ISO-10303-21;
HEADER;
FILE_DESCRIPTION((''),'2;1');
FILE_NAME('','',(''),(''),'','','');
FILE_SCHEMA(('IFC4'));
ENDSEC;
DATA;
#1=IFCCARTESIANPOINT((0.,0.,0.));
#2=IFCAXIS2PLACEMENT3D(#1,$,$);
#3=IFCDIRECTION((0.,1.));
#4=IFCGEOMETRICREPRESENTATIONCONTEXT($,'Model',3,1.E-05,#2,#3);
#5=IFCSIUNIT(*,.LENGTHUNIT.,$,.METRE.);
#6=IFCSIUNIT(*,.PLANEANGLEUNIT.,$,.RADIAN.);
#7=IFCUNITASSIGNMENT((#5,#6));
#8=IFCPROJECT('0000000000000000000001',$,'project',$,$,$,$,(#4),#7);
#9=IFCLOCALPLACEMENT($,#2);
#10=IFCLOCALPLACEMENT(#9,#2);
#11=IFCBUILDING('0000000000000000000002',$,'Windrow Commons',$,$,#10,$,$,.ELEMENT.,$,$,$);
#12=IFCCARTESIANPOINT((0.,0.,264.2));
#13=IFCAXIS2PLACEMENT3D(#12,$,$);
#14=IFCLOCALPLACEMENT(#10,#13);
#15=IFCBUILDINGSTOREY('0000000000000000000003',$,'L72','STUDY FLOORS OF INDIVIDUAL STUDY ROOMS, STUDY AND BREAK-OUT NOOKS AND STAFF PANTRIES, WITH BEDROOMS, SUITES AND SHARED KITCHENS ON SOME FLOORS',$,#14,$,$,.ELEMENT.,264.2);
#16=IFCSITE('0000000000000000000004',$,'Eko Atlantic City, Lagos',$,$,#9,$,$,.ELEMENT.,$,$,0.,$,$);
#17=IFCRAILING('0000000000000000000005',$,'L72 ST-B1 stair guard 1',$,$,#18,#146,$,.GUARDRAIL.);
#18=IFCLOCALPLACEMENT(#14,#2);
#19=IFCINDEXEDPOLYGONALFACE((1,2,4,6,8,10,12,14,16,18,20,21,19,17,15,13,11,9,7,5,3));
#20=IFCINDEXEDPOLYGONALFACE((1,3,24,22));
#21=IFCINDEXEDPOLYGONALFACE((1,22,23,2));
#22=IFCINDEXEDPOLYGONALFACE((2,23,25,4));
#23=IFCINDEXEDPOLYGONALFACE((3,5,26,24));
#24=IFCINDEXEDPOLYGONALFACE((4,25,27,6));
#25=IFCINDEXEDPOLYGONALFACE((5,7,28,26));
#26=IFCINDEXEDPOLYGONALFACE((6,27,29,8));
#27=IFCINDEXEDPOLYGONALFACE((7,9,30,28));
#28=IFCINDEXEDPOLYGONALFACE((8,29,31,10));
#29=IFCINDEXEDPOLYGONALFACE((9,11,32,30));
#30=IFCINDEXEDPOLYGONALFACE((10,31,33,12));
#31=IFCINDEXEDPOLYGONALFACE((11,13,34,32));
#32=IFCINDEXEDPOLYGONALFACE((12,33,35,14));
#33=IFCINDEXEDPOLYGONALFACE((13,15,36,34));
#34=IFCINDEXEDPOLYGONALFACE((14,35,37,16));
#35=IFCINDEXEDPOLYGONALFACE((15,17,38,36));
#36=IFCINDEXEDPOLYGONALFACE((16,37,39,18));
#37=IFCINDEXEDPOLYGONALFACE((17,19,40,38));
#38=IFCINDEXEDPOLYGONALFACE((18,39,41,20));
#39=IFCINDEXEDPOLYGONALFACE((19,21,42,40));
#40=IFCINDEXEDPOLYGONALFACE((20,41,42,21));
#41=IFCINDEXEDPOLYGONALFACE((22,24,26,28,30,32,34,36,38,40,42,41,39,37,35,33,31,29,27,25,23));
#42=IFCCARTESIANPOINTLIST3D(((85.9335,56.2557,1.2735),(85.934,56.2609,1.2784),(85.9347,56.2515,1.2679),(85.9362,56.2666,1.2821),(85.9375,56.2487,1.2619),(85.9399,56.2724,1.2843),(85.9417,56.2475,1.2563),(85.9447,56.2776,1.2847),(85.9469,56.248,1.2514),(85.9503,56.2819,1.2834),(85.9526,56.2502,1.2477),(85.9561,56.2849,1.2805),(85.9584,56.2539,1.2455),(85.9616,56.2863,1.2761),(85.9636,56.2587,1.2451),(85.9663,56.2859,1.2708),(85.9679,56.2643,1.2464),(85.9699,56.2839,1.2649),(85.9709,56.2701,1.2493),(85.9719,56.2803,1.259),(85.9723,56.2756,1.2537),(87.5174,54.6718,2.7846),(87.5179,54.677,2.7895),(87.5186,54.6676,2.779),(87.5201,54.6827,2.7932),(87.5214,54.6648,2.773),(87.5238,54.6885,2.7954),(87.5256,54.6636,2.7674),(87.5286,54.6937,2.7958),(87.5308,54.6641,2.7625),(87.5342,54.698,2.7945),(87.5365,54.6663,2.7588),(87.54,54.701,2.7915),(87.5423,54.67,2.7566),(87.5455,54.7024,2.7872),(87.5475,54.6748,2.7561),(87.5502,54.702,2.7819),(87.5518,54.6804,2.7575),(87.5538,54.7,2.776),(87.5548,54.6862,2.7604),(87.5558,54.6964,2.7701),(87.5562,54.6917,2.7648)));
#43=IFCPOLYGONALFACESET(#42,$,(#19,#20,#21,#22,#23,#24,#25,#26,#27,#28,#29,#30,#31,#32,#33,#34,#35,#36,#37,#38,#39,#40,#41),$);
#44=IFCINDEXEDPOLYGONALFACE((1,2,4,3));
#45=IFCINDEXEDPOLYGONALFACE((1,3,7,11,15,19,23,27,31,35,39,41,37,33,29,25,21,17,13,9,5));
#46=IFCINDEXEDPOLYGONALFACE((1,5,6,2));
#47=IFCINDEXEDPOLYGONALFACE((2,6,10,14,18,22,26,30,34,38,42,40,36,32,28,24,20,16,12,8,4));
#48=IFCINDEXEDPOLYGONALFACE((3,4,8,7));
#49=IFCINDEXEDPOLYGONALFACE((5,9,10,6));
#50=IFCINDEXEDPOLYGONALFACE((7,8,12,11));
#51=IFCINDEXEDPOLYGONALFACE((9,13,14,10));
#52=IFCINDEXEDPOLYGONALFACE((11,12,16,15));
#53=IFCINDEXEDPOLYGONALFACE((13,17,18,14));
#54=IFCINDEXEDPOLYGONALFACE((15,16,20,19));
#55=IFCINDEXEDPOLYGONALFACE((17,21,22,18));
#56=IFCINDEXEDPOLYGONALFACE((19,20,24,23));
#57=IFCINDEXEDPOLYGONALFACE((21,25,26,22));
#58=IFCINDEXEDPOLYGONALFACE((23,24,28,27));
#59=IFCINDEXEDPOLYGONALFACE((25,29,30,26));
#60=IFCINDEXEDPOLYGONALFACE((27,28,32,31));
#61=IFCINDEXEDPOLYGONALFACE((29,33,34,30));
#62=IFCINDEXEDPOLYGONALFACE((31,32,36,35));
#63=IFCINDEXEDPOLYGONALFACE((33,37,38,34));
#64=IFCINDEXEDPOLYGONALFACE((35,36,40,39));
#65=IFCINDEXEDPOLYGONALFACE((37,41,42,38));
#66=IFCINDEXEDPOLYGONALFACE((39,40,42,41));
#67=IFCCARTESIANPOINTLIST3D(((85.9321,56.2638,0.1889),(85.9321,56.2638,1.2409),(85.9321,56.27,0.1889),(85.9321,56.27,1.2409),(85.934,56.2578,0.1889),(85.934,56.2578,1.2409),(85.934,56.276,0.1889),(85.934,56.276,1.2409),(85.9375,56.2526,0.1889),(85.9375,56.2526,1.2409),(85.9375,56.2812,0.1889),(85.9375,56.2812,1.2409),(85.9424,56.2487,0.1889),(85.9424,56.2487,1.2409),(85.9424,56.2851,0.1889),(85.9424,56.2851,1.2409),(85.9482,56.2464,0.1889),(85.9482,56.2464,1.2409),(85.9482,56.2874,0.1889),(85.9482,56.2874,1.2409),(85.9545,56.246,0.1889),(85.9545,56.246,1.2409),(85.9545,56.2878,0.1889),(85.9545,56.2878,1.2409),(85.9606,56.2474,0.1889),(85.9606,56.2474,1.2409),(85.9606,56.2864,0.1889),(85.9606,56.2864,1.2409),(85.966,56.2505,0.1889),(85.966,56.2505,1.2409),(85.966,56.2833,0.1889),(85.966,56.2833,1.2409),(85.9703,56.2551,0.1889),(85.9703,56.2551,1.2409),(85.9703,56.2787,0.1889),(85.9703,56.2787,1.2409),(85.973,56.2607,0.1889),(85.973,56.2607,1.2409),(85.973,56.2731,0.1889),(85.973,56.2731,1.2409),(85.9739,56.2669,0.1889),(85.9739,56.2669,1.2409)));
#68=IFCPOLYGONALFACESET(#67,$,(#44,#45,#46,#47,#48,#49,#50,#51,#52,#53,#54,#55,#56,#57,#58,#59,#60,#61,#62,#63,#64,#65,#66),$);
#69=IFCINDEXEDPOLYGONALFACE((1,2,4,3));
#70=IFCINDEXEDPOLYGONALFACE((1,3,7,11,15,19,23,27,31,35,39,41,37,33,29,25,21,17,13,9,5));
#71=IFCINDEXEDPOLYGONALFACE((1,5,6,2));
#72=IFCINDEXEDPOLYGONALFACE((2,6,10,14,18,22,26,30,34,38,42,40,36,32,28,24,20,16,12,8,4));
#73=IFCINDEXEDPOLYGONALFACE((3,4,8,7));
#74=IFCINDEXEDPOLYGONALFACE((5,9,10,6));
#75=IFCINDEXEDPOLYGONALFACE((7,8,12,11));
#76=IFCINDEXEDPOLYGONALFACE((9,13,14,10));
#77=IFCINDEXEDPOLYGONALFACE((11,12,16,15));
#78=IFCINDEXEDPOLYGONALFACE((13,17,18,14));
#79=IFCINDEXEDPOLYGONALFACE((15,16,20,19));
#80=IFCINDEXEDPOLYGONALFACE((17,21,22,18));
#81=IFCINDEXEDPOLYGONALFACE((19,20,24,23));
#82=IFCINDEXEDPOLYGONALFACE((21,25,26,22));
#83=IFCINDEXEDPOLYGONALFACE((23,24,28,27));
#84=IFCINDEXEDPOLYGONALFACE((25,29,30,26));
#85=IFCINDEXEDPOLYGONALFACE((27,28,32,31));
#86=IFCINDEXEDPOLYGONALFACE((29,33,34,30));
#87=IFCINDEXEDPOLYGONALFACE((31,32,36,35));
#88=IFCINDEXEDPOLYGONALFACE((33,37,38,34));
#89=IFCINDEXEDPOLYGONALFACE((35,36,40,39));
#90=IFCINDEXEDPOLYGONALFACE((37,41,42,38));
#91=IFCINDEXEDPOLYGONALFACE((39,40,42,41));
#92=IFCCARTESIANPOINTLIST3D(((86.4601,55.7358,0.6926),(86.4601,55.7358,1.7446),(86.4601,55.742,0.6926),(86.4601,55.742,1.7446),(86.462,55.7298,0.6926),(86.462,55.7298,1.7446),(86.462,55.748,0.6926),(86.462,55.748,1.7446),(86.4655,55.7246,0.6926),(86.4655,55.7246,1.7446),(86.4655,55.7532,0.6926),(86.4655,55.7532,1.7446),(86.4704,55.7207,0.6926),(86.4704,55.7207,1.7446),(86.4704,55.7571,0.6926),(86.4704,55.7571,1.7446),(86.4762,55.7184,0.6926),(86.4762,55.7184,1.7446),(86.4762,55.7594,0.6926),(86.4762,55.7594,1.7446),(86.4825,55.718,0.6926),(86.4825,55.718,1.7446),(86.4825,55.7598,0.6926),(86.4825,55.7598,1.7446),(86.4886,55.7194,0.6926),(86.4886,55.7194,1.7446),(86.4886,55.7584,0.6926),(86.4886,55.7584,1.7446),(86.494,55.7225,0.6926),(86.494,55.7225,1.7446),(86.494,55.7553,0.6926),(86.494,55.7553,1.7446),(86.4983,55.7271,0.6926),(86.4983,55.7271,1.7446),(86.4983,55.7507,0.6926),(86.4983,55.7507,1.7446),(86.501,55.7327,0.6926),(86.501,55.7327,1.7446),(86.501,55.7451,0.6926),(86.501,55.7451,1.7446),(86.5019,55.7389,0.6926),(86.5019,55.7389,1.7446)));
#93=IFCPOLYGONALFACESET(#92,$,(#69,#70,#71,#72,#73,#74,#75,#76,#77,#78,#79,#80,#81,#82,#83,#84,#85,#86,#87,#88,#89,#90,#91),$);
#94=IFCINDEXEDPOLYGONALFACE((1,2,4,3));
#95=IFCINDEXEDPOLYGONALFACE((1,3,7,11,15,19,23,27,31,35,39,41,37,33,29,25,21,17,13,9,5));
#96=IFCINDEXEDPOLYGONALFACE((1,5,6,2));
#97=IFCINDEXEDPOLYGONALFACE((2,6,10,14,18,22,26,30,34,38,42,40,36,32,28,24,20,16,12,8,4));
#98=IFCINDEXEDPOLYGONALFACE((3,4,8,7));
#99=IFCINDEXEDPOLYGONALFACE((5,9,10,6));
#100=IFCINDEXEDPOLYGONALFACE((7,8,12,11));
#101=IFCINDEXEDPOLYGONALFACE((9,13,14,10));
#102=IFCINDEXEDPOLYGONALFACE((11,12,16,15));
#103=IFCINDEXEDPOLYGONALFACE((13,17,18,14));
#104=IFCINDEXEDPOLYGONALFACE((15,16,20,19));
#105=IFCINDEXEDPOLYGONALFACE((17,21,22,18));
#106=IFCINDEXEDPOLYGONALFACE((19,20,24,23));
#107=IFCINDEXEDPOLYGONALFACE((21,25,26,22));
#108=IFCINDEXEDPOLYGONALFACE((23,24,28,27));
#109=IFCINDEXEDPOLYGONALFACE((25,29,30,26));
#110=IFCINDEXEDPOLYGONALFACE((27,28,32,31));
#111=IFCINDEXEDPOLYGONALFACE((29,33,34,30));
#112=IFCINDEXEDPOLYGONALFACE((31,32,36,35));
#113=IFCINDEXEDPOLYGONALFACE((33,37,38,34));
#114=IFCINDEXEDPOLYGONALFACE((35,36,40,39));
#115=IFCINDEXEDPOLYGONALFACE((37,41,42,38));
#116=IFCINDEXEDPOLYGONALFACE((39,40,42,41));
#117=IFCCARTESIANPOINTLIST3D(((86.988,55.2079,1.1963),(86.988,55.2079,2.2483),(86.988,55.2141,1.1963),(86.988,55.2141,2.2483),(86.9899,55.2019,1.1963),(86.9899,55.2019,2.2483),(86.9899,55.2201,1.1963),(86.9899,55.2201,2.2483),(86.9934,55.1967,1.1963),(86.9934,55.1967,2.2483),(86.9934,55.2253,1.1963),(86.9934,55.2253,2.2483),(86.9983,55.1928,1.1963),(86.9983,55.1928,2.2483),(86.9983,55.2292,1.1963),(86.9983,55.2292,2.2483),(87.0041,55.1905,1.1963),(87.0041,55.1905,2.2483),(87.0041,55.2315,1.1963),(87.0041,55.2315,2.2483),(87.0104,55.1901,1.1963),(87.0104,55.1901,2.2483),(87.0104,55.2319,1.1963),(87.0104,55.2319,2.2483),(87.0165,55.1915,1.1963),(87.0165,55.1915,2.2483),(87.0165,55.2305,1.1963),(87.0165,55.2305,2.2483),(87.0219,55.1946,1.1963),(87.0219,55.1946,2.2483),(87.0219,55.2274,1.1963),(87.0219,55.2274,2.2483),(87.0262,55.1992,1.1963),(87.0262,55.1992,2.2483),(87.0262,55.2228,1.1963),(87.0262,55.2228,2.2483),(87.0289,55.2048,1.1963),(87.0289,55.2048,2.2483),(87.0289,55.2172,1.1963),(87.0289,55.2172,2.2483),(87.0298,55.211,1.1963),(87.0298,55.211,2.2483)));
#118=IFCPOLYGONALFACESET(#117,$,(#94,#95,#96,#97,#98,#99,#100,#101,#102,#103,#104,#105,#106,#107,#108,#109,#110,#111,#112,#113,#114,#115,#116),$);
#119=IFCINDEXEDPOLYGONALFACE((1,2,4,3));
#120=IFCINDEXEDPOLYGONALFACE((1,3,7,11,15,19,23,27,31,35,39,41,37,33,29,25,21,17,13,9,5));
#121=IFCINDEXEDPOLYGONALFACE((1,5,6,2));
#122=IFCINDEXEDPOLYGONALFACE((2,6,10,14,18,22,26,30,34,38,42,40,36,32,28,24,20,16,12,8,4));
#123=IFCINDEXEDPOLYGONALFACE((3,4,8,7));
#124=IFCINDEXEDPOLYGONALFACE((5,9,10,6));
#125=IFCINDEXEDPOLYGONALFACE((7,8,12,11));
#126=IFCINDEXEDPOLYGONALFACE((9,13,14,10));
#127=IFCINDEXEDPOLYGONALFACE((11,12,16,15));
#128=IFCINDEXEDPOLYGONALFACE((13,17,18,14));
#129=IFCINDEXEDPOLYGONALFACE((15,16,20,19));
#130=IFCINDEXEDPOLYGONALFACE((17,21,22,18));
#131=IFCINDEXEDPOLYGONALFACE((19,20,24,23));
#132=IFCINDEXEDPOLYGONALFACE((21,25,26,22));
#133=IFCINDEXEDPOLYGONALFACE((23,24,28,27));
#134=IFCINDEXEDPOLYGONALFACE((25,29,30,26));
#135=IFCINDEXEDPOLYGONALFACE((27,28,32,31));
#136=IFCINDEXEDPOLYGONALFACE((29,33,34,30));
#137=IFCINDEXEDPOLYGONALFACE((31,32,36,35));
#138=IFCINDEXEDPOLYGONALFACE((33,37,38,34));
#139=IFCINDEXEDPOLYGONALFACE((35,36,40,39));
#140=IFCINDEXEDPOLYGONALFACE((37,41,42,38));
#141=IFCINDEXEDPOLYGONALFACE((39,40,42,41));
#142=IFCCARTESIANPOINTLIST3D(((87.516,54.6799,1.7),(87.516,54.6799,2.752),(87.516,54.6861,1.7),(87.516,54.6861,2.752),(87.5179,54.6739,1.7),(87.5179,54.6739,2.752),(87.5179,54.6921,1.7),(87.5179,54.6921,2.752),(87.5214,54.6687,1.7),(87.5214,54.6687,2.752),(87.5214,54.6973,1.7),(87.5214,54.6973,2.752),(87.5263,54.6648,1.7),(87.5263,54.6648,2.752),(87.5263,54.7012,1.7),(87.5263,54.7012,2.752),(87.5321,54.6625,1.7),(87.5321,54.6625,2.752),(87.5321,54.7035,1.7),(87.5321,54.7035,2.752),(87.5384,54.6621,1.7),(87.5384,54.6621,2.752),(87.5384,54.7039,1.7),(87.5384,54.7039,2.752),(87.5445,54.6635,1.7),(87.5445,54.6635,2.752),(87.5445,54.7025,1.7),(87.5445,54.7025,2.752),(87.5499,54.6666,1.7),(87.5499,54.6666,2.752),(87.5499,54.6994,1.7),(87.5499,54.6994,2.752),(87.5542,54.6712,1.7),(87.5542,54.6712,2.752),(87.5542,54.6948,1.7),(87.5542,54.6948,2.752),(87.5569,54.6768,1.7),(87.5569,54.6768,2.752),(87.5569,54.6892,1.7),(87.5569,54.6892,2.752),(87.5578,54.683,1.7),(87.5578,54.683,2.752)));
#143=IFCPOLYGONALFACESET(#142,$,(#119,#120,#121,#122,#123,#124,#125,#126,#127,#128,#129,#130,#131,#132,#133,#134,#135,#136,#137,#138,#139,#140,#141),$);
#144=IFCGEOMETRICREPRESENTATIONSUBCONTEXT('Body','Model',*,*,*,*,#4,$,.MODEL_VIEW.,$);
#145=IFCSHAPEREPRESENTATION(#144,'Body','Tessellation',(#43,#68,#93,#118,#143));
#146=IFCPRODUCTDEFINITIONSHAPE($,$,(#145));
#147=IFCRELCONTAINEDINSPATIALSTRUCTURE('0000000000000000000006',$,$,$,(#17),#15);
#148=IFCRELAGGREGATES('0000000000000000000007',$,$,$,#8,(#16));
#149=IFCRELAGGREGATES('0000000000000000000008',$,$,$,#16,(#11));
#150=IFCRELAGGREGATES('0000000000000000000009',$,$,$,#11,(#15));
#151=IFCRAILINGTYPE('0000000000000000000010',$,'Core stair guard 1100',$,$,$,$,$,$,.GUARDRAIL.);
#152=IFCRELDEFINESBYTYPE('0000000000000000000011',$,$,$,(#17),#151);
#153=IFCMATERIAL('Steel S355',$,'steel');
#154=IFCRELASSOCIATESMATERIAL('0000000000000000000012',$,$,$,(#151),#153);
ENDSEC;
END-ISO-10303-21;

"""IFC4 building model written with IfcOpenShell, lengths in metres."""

from ifc_helpers import new_model, si_unit, direction, frame, origin, origin_2d, place, context, subcontext, project, spatial, circle, extrude, material, type_object, element, save


model = new_model("IFC4")

# Units and contexts
model_context = context("Model", 3, precision=1e-05, world=origin(), true_north=direction((0.0, 1.0)))
body_context = subcontext(model_context, "Body", "Model", "MODEL_VIEW")
ifc_project = project(units=[si_unit("LENGTHUNIT", "METRE"), si_unit("PLANEANGLEUNIT", "RADIAN")], contexts=[model_context])

# Site, building, storey
site_placement = place(None, origin())
site = spatial("IfcSite", under=ifc_project, at=site_placement, Name="Eko Atlantic City, Lagos", CompositionType="ELEMENT", RefElevation=0.0)
building_placement = place(site_placement, origin())
building = spatial("IfcBuilding", under=site, at=building_placement, Name="Windrow Commons", CompositionType="ELEMENT")
storey_placement = place(building_placement, frame((0.0, 0.0, 264.2)))
storey = spatial("IfcBuildingStorey", under=building, at=storey_placement, Name="L72", Description="STUDY FLOORS OF INDIVIDUAL STUDY ROOMS, STUDY AND BREAK-OUT NOOKS AND STAFF PANTRIES, WITH BEDROOMS, SUITES AND SHARED KITCHENS ON SOME FLOORS", CompositionType="ELEMENT", Elevation=264.2)

# Railing
ifc_material_1 = material(Name="Steel S355", Category="steel")
railing_type_1 = type_object("IfcRailingType", Name="Core stair guard 1100", PredefinedType="GUARDRAIL", material=ifc_material_1)
railing_1_placement = place(storey_placement, frame((85.9529, 56.2669, 0.1889)))
element("IfcRailing", 1, at=railing_1_placement, inside=storey, type_object=railing_type_1, Name="L72 ST-B1 stair guard 1", PredefinedType="GUARDRAIL", context=body_context, shape_type="SweptSolid", body=[
    extrude(circle(Radius=0.024, at=origin_2d()), frame((0.0, 0.0, 1.076), z_axis=(0.586191, -0.586191, 0.559249), x_axis=(0.707107, 0.707107, 0.0)), (0.0, 0.0, 1.0), 2.702),
    extrude(circle(Radius=0.021, at=origin_2d()), origin(), (0.0, 0.0, 1.0), 1.052),
    extrude(circle(Radius=0.021, at=origin_2d()), frame((0.528, -0.528, 0.5037)), (0.0, 0.0, 1.0), 1.052),
    extrude(circle(Radius=0.021, at=origin_2d()), frame((1.0559, -1.0559, 1.0074)), (0.0, 0.0, 1.0), 1.052),
    extrude(circle(Radius=0.021, at=origin_2d()), frame((1.5839, -1.5839, 1.5111)), (0.0, 0.0, 1.0), 1.052),
])

save(model, "model.ifc")
